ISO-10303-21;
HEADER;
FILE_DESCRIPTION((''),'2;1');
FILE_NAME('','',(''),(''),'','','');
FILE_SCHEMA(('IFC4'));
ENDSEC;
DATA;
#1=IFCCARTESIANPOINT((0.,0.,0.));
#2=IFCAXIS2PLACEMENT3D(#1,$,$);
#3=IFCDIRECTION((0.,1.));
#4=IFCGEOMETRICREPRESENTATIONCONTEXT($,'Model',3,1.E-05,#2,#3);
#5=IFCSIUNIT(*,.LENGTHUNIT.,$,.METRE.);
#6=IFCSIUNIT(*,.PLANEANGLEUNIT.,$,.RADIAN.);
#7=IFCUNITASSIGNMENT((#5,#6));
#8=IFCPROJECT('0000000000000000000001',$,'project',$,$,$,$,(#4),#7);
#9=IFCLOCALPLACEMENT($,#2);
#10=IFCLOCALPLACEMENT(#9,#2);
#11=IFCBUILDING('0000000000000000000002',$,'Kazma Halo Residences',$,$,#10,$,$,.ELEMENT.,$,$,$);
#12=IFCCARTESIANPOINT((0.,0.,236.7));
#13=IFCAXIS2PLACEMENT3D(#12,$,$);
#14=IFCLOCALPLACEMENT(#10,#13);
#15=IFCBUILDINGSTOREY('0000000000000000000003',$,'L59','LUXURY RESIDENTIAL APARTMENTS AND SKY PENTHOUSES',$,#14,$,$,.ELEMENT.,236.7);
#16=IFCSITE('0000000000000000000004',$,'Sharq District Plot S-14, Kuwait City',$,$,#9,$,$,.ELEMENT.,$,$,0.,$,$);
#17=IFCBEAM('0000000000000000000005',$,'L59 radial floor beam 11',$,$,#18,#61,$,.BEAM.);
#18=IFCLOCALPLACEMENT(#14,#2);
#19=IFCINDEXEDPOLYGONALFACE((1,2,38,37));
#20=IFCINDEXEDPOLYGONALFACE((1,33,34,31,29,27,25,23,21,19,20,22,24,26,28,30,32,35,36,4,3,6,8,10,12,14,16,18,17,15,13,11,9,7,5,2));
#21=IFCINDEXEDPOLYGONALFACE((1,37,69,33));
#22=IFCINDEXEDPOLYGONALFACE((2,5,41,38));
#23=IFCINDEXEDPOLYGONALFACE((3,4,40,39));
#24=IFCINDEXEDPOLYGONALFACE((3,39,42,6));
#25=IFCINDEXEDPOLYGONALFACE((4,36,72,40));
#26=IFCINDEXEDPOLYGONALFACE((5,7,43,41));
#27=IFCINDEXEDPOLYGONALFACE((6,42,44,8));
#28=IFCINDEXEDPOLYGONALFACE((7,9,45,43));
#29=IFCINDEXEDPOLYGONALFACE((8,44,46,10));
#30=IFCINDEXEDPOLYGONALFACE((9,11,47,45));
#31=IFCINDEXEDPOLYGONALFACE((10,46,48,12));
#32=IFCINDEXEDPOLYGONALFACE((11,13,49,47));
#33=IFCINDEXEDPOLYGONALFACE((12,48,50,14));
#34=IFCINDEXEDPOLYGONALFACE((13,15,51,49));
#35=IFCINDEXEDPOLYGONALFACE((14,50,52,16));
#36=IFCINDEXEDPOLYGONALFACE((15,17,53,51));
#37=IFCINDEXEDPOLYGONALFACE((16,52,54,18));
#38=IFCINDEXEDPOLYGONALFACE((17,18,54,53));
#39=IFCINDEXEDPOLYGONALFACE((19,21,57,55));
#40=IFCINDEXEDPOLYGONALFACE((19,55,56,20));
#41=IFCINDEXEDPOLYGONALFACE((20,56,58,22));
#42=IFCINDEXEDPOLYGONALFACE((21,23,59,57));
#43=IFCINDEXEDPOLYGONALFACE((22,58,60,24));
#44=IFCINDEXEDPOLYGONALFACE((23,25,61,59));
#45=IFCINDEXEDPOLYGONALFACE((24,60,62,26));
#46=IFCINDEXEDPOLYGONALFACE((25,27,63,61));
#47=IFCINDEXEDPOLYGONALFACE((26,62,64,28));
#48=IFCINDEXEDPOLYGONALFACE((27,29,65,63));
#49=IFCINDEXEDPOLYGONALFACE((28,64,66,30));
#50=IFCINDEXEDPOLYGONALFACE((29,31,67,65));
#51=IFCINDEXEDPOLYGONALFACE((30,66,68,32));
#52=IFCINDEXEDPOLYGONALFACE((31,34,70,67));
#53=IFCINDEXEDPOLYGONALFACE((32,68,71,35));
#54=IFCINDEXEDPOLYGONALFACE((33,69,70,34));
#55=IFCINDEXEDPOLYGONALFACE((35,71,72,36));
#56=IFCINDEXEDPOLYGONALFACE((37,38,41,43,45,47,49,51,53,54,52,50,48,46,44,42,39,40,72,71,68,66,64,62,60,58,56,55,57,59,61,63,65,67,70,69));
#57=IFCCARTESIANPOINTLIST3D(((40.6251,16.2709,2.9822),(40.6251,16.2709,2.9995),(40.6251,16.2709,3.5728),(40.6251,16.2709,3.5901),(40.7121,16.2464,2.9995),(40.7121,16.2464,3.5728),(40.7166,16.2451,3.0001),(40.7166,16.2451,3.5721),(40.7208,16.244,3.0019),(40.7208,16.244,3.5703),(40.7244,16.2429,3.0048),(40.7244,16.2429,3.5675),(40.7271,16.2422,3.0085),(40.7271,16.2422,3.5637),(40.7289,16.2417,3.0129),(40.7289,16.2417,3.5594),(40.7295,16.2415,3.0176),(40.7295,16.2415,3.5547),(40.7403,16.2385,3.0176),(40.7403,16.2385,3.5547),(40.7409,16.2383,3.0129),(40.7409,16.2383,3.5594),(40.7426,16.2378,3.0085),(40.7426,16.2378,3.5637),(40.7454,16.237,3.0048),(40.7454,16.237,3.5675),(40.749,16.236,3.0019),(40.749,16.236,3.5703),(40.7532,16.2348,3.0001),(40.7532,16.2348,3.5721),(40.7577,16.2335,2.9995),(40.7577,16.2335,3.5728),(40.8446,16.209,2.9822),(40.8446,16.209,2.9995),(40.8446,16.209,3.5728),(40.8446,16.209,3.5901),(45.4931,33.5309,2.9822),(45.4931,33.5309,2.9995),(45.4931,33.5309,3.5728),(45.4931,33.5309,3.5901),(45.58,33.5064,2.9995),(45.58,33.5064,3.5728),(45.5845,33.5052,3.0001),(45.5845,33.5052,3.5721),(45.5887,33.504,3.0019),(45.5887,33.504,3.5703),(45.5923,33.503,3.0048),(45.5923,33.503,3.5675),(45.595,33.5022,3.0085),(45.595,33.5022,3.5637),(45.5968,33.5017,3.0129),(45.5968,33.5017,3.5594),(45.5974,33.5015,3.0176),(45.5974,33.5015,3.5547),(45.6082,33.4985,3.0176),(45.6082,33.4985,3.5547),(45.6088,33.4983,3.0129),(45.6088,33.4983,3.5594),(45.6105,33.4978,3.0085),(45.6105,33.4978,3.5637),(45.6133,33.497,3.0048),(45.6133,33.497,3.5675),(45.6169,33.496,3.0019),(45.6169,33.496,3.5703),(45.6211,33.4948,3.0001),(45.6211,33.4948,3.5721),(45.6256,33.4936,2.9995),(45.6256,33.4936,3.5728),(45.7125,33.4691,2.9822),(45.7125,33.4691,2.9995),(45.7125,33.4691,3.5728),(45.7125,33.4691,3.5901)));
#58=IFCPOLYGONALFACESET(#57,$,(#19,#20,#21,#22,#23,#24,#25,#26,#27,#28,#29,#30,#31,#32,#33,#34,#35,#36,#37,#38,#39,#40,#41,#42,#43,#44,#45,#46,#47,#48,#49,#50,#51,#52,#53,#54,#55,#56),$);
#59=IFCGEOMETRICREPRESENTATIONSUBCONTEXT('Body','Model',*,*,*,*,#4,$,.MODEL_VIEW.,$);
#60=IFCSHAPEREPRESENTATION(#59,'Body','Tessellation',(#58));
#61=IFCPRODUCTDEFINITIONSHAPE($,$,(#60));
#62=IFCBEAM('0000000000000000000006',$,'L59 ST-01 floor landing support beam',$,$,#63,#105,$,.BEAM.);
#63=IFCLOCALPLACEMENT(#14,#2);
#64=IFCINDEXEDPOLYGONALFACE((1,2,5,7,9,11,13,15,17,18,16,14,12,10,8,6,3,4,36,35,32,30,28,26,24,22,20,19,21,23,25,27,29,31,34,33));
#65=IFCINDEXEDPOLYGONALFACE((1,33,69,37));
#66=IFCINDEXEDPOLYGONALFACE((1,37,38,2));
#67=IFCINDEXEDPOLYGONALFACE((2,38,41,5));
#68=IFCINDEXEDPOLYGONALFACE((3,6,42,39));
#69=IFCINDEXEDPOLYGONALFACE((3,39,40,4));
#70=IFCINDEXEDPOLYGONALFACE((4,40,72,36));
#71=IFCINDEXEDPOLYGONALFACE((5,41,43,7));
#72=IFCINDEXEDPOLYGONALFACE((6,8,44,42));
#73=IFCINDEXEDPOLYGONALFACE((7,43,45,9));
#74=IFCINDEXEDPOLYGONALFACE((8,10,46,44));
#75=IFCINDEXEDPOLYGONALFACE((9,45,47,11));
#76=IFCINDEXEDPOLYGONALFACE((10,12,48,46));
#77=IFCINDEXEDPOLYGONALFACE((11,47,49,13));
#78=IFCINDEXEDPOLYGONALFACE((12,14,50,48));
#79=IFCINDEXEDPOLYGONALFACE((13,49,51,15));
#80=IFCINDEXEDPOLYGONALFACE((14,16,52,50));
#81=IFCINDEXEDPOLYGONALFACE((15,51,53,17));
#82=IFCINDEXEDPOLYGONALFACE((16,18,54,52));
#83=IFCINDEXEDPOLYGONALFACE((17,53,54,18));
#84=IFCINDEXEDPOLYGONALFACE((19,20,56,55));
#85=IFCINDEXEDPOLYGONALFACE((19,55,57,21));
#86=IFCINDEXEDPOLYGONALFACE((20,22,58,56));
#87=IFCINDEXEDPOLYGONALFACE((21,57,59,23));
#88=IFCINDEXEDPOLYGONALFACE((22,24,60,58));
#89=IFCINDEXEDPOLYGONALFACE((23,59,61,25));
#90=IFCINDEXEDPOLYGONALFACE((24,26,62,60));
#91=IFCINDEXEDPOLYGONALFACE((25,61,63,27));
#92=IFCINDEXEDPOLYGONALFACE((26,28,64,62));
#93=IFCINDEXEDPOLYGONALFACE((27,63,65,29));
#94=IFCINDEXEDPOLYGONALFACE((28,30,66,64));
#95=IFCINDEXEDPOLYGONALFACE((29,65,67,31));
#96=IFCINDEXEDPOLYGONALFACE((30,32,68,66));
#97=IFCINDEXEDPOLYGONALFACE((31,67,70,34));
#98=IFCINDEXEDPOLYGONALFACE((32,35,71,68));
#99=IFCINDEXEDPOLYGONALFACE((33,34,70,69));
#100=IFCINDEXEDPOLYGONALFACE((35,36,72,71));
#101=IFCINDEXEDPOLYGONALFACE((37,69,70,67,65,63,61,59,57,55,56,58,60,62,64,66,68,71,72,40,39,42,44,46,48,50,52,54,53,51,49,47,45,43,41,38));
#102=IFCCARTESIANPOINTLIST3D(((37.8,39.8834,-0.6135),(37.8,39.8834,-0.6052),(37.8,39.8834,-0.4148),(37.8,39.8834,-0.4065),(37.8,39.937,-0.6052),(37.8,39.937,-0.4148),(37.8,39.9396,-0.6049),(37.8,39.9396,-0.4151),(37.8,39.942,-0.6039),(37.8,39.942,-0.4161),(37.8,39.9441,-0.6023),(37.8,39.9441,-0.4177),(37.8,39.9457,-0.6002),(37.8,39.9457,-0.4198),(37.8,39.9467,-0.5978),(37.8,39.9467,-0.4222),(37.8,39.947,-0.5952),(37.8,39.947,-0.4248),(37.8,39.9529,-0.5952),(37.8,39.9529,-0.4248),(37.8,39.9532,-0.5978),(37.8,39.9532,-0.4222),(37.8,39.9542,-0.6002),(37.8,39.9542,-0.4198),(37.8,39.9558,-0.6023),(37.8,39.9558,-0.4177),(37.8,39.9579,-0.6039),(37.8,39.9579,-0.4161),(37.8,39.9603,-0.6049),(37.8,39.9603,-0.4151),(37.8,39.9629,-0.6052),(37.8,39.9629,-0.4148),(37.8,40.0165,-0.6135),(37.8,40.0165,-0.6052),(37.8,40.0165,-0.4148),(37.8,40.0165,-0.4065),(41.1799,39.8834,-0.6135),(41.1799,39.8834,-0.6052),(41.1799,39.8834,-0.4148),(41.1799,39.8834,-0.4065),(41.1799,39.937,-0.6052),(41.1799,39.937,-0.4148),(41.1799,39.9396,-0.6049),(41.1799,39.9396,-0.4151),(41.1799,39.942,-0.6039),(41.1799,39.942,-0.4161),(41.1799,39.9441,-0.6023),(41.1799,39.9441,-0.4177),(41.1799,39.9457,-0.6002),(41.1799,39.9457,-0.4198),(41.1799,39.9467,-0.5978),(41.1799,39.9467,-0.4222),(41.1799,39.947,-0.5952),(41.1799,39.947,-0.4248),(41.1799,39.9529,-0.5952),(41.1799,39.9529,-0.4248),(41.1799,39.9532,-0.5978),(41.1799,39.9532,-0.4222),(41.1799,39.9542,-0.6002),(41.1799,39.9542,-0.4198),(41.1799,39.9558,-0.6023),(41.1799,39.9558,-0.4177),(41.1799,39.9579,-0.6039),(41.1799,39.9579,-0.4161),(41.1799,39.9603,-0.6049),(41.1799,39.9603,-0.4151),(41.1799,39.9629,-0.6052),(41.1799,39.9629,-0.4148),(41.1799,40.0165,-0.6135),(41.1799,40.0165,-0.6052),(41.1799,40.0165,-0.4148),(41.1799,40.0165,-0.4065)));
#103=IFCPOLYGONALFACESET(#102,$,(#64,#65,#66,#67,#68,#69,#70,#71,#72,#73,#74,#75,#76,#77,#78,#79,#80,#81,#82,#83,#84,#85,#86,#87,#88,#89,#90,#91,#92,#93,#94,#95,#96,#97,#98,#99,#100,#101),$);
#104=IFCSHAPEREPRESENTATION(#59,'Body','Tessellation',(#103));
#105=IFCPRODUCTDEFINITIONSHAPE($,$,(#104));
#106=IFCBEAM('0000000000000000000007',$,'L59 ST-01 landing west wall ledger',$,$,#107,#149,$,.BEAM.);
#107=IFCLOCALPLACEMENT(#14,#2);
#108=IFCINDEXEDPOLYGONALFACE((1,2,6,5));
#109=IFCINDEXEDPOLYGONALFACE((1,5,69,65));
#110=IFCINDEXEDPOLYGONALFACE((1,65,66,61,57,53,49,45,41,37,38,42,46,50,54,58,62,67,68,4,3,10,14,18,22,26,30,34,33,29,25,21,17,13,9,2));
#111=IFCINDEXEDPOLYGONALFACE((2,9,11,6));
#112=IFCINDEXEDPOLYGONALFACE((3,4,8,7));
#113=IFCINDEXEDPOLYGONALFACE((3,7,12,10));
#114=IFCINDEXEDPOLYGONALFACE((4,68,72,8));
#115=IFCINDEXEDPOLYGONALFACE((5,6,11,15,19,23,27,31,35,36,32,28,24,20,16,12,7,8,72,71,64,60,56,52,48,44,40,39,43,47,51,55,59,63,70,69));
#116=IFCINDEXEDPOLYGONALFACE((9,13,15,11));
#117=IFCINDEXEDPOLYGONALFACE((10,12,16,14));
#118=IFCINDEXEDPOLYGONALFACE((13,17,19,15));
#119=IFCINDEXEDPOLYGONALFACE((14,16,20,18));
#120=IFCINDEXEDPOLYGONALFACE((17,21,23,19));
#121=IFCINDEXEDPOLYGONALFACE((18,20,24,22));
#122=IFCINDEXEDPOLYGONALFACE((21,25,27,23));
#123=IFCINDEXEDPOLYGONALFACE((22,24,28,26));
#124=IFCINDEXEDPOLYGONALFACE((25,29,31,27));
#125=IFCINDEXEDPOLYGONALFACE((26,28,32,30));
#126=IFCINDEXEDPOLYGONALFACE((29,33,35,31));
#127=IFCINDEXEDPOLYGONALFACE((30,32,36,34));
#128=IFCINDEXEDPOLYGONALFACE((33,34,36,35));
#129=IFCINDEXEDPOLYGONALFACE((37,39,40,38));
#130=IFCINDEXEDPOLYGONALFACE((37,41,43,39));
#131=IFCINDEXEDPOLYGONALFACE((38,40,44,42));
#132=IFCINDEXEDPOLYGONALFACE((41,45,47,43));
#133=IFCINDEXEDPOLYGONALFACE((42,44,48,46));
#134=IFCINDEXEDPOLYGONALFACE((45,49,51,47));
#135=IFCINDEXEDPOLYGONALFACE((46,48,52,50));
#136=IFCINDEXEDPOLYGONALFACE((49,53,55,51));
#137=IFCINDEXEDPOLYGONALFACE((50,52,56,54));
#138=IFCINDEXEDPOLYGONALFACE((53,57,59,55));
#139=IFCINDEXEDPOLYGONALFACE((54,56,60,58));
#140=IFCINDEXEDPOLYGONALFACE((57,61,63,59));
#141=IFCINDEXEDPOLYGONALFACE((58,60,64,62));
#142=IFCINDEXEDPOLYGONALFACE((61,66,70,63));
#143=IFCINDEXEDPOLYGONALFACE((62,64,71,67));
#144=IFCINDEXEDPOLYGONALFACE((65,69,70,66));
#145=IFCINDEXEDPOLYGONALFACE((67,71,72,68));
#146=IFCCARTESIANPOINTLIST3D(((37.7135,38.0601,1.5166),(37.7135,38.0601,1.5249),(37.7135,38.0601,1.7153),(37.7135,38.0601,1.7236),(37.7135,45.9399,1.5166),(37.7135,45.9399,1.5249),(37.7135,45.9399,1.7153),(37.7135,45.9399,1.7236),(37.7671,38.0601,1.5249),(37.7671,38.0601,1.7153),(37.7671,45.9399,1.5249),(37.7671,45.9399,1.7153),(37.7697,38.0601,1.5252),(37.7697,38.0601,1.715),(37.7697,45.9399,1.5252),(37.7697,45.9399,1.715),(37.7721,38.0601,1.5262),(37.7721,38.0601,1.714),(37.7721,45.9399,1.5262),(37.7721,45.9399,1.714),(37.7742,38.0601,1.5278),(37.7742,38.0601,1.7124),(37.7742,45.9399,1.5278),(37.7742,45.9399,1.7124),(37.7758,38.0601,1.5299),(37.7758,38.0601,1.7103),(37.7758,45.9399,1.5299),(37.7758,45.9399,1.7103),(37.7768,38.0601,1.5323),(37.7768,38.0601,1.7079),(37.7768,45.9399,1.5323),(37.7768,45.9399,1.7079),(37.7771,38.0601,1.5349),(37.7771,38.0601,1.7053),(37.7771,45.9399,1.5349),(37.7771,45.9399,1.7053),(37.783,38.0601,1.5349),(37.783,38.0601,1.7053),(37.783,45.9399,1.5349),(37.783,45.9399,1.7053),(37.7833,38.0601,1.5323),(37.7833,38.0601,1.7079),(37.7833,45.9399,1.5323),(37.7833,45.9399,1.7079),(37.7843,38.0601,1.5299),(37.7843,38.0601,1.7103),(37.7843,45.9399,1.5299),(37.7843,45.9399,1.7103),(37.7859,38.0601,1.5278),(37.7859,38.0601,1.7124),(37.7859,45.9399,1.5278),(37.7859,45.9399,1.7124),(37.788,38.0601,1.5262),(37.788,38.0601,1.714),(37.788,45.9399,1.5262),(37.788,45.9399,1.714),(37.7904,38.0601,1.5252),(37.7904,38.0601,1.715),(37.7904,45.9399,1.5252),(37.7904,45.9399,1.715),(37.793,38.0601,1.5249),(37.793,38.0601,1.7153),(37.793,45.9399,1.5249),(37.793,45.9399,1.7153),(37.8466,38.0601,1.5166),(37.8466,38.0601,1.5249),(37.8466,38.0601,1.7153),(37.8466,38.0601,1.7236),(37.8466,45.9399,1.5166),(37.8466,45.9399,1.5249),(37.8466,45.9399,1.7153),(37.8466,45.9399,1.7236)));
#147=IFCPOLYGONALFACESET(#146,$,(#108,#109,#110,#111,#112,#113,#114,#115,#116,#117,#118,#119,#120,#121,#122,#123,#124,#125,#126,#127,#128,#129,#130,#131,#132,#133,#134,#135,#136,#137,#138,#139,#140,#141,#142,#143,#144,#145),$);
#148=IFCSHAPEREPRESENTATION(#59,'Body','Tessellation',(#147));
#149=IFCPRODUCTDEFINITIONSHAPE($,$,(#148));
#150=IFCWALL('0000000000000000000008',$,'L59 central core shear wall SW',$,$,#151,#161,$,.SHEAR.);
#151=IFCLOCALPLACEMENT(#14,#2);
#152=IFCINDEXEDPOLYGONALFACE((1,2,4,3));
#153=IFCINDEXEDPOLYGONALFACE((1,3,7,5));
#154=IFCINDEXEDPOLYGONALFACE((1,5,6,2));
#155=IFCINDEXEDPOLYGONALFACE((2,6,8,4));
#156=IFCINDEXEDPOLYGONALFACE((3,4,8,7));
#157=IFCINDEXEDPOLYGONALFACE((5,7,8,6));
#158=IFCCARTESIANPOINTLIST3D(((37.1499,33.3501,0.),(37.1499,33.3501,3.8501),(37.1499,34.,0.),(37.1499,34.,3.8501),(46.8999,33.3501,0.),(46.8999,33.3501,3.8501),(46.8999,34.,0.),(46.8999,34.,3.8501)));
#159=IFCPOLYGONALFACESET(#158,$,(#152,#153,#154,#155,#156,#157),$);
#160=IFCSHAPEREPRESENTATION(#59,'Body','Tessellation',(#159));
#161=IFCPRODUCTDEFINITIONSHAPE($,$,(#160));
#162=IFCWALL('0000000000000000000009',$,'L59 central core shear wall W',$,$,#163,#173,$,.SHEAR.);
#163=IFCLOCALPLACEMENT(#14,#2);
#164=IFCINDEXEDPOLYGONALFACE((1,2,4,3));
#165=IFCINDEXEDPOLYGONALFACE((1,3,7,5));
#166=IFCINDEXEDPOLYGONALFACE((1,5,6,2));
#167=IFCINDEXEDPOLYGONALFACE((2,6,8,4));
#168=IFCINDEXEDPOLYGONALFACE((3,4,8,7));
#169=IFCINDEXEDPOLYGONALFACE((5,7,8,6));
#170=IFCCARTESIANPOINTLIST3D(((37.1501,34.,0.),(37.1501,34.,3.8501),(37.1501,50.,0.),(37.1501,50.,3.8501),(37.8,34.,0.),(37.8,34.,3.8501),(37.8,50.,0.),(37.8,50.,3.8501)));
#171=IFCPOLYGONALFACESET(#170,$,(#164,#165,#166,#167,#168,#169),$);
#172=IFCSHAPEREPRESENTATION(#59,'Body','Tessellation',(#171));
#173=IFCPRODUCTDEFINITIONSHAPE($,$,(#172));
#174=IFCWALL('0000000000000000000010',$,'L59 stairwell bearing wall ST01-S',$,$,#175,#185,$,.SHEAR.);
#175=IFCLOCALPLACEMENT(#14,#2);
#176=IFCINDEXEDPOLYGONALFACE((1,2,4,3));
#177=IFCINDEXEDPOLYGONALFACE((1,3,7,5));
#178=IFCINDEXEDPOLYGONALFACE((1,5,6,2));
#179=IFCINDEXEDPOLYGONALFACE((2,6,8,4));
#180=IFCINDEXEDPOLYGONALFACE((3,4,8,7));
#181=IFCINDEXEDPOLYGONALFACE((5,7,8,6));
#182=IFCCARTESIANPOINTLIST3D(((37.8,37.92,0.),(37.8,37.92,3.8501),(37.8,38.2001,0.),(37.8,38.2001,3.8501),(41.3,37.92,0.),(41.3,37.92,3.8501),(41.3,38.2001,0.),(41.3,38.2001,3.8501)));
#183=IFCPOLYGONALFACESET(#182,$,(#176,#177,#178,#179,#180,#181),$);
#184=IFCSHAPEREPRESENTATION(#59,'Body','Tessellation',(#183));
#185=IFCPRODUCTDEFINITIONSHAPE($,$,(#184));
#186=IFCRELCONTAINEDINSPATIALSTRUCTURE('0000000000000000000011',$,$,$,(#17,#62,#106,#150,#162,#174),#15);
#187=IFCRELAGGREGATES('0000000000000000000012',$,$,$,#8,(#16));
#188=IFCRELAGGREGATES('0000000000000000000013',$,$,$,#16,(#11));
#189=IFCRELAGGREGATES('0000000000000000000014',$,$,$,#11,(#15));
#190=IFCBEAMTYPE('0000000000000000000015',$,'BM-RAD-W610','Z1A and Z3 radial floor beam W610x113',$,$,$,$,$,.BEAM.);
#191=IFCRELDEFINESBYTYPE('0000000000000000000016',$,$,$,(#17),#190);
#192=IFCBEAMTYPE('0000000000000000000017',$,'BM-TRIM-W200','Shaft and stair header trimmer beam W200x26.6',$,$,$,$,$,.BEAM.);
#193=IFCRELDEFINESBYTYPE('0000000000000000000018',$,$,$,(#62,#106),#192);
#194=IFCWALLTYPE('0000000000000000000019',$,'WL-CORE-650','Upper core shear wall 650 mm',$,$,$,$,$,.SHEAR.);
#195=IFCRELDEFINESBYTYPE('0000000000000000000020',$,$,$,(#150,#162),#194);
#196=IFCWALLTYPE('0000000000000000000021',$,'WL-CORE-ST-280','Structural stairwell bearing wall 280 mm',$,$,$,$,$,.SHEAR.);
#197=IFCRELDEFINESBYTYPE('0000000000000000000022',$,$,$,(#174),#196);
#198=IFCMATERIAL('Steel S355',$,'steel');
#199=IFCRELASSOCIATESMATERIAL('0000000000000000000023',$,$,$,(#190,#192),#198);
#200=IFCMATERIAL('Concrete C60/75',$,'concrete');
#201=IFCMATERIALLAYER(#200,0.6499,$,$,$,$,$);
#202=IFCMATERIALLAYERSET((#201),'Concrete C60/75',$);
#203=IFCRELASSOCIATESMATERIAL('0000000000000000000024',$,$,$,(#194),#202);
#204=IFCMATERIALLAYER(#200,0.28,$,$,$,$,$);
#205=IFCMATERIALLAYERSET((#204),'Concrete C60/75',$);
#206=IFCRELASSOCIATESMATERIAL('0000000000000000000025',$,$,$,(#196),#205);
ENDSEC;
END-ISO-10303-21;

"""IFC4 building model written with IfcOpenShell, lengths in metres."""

from ifc_helpers import new_model, si_unit, direction, frame, frame_2d, origin, origin_2d, place, context, subcontext, project, spatial, rectangle, i_section, extrude, material, layer, layer_set, material_profile, profile_set, type_object, element, save


model = new_model("IFC4")

# Units and contexts
model_context = context("Model", 3, precision=1e-05, world=origin(), true_north=direction((0.0, 1.0)))
body_context = subcontext(model_context, "Body", "Model", "MODEL_VIEW")
ifc_project = project(units=[si_unit("LENGTHUNIT", "METRE"), si_unit("PLANEANGLEUNIT", "RADIAN")], contexts=[model_context])

# Site, building, storey
site_placement = place(None, origin())
site = spatial("IfcSite", under=ifc_project, at=site_placement, Name="Sharq District Plot S-14, Kuwait City", CompositionType="ELEMENT", RefElevation=0.0)
building_placement = place(site_placement, origin())
building = spatial("IfcBuilding", under=site, at=building_placement, Name="Kazma Halo Residences", CompositionType="ELEMENT")
storey_placement = place(building_placement, frame((0.0, 0.0, 236.7)))
storey = spatial("IfcBuildingStorey", under=building, at=storey_placement, Name="L59", Description="LUXURY RESIDENTIAL APARTMENTS AND SKY PENTHOUSES", CompositionType="ELEMENT", Elevation=236.7)

# Beams
ifc_material_1 = material(Name="Steel S355", Category="steel")
ifc_material_profile_1 = material_profile(ifc_material_1, i_section(OverallWidth=0.228, OverallDepth=0.6079, WebThickness=0.0112, FlangeThickness=0.0173, FilletRadius=0.0181, at=origin_2d()), Name="W610x113")
ifc_profile_set_1 = profile_set([ifc_material_profile_1], Name="Steel S355")
beam_type_1 = type_object("IfcBeamType", Name="BM-RAD-W610", Description="Z1A and Z3 radial floor beam W610x113", PredefinedType="BEAM", material=ifc_profile_set_1)
beam_1_placement = place(storey_placement, frame((45.6028, 33.5, 3.2861), z_axis=(-0.271445, -0.962454, 0.0), x_axis=(0.962454, -0.271445, 0.0)))
element("IfcBeam", 1, at=beam_1_placement, inside=storey, type_object=beam_type_1, Name="L59 radial floor beam 11", PredefinedType="BEAM", context=body_context, shape_type="SweptSolid", body=[
    extrude(i_section(OverallWidth=0.228, OverallDepth=0.6079, WebThickness=0.0112, FlangeThickness=0.0173, FilletRadius=0.0181, at=origin_2d()), origin(), (0.0, 0.0, 1.0), 17.9333),
])
ifc_material_profile_2 = material_profile(ifc_material_1, i_section(OverallWidth=0.1331, OverallDepth=0.207, WebThickness=0.0059, FlangeThickness=0.0083, FilletRadius=0.01, at=origin_2d()), Name="W200x26.6")
ifc_profile_set_2 = profile_set([ifc_material_profile_2], Name="Steel S355")
beam_type_2 = type_object("IfcBeamType", Name="BM-TRIM-W200", Description="Shaft and stair header trimmer beam W200x26.6", PredefinedType="BEAM", material=ifc_profile_set_2)
beam_2_placement = place(storey_placement, frame((37.8, 39.95, -0.51), z_axis=(1.0, 0.0, 0.0), x_axis=(0.0, 1.0, 0.0)))
element("IfcBeam", 2, at=beam_2_placement, inside=storey, type_object=beam_type_2, Name="L59 ST-01 floor landing support beam", PredefinedType="BEAM", context=body_context, shape_type="SweptSolid", body=[
    extrude(i_section(OverallWidth=0.1331, OverallDepth=0.207, WebThickness=0.0059, FlangeThickness=0.0083, FilletRadius=0.01, at=origin_2d()), origin(), (0.0, 0.0, 1.0), 3.3799),
])
beam_3_placement = place(storey_placement, frame((37.78, 38.0601, 1.6201), z_axis=(0.0, 1.0, 0.0), x_axis=(-1.0, 0.0, 0.0)))
element("IfcBeam", 3, at=beam_3_placement, inside=storey, type_object=beam_type_2, Name="L59 ST-01 landing west wall ledger", PredefinedType="BEAM", context=body_context, shape_type="SweptSolid", body=[
    extrude(i_section(OverallWidth=0.1331, OverallDepth=0.207, WebThickness=0.0059, FlangeThickness=0.0083, FilletRadius=0.01, at=origin_2d()), origin(), (0.0, 0.0, 1.0), 7.8799),
])

# Walls
ifc_material_2 = material(Name="Concrete C60/75", Category="concrete")
ifc_layer_1 = layer(ifc_material_2, 0.6499)
ifc_layer_set_1 = layer_set([ifc_layer_1], Name="Concrete C60/75")
wall_type_1 = type_object("IfcWallType", Name="WL-CORE-650", Description="Upper core shear wall 650 mm", PredefinedType="SHEAR", material=ifc_layer_set_1)
wall_1_placement = place(storey_placement, frame((37.1499, 33.675, 0.0), z_axis=(0.0, 0.0, 1.0), x_axis=(1.0, 0.0, 0.0)))
element("IfcWall", 4, at=wall_1_placement, inside=storey, type_object=wall_type_1, Name="L59 central core shear wall SW", PredefinedType="SHEAR", context=body_context, shape_type="SweptSolid", body=[
    extrude(rectangle(XDim=9.75, YDim=0.6499, at=frame_2d((4.875, 0.0))), origin(), (0.0, 0.0, 1.0), 3.8501),
])
wall_2_placement = place(storey_placement, frame((37.4751, 34.0, 0.0), z_axis=(0.0, 0.0, 1.0), x_axis=(0.0, 1.0, 0.0)))
element("IfcWall", 5, at=wall_2_placement, inside=storey, type_object=wall_type_1, Name="L59 central core shear wall W", PredefinedType="SHEAR", context=body_context, shape_type="SweptSolid", body=[
    extrude(rectangle(XDim=16.0, YDim=0.6499, at=frame_2d((8.0, 0.0))), origin(), (0.0, 0.0, 1.0), 3.8501),
])
ifc_layer_2 = layer(ifc_material_2, 0.28)
ifc_layer_set_2 = layer_set([ifc_layer_2], Name="Concrete C60/75")
wall_type_2 = type_object("IfcWallType", Name="WL-CORE-ST-280", Description="Structural stairwell bearing wall 280 mm", PredefinedType="SHEAR", material=ifc_layer_set_2)
wall_3_placement = place(storey_placement, frame((37.8, 38.0601, 0.0), z_axis=(0.0, 0.0, 1.0), x_axis=(1.0, 0.0, 0.0)))
element("IfcWall", 6, at=wall_3_placement, inside=storey, type_object=wall_type_2, Name="L59 stairwell bearing wall ST01-S", PredefinedType="SHEAR", context=body_context, shape_type="SweptSolid", body=[
    extrude(rectangle(XDim=3.5, YDim=0.28, at=frame_2d((1.75, 0.0))), origin(), (0.0, 0.0, 1.0), 3.8501),
])

save(model, "model.ifc")
